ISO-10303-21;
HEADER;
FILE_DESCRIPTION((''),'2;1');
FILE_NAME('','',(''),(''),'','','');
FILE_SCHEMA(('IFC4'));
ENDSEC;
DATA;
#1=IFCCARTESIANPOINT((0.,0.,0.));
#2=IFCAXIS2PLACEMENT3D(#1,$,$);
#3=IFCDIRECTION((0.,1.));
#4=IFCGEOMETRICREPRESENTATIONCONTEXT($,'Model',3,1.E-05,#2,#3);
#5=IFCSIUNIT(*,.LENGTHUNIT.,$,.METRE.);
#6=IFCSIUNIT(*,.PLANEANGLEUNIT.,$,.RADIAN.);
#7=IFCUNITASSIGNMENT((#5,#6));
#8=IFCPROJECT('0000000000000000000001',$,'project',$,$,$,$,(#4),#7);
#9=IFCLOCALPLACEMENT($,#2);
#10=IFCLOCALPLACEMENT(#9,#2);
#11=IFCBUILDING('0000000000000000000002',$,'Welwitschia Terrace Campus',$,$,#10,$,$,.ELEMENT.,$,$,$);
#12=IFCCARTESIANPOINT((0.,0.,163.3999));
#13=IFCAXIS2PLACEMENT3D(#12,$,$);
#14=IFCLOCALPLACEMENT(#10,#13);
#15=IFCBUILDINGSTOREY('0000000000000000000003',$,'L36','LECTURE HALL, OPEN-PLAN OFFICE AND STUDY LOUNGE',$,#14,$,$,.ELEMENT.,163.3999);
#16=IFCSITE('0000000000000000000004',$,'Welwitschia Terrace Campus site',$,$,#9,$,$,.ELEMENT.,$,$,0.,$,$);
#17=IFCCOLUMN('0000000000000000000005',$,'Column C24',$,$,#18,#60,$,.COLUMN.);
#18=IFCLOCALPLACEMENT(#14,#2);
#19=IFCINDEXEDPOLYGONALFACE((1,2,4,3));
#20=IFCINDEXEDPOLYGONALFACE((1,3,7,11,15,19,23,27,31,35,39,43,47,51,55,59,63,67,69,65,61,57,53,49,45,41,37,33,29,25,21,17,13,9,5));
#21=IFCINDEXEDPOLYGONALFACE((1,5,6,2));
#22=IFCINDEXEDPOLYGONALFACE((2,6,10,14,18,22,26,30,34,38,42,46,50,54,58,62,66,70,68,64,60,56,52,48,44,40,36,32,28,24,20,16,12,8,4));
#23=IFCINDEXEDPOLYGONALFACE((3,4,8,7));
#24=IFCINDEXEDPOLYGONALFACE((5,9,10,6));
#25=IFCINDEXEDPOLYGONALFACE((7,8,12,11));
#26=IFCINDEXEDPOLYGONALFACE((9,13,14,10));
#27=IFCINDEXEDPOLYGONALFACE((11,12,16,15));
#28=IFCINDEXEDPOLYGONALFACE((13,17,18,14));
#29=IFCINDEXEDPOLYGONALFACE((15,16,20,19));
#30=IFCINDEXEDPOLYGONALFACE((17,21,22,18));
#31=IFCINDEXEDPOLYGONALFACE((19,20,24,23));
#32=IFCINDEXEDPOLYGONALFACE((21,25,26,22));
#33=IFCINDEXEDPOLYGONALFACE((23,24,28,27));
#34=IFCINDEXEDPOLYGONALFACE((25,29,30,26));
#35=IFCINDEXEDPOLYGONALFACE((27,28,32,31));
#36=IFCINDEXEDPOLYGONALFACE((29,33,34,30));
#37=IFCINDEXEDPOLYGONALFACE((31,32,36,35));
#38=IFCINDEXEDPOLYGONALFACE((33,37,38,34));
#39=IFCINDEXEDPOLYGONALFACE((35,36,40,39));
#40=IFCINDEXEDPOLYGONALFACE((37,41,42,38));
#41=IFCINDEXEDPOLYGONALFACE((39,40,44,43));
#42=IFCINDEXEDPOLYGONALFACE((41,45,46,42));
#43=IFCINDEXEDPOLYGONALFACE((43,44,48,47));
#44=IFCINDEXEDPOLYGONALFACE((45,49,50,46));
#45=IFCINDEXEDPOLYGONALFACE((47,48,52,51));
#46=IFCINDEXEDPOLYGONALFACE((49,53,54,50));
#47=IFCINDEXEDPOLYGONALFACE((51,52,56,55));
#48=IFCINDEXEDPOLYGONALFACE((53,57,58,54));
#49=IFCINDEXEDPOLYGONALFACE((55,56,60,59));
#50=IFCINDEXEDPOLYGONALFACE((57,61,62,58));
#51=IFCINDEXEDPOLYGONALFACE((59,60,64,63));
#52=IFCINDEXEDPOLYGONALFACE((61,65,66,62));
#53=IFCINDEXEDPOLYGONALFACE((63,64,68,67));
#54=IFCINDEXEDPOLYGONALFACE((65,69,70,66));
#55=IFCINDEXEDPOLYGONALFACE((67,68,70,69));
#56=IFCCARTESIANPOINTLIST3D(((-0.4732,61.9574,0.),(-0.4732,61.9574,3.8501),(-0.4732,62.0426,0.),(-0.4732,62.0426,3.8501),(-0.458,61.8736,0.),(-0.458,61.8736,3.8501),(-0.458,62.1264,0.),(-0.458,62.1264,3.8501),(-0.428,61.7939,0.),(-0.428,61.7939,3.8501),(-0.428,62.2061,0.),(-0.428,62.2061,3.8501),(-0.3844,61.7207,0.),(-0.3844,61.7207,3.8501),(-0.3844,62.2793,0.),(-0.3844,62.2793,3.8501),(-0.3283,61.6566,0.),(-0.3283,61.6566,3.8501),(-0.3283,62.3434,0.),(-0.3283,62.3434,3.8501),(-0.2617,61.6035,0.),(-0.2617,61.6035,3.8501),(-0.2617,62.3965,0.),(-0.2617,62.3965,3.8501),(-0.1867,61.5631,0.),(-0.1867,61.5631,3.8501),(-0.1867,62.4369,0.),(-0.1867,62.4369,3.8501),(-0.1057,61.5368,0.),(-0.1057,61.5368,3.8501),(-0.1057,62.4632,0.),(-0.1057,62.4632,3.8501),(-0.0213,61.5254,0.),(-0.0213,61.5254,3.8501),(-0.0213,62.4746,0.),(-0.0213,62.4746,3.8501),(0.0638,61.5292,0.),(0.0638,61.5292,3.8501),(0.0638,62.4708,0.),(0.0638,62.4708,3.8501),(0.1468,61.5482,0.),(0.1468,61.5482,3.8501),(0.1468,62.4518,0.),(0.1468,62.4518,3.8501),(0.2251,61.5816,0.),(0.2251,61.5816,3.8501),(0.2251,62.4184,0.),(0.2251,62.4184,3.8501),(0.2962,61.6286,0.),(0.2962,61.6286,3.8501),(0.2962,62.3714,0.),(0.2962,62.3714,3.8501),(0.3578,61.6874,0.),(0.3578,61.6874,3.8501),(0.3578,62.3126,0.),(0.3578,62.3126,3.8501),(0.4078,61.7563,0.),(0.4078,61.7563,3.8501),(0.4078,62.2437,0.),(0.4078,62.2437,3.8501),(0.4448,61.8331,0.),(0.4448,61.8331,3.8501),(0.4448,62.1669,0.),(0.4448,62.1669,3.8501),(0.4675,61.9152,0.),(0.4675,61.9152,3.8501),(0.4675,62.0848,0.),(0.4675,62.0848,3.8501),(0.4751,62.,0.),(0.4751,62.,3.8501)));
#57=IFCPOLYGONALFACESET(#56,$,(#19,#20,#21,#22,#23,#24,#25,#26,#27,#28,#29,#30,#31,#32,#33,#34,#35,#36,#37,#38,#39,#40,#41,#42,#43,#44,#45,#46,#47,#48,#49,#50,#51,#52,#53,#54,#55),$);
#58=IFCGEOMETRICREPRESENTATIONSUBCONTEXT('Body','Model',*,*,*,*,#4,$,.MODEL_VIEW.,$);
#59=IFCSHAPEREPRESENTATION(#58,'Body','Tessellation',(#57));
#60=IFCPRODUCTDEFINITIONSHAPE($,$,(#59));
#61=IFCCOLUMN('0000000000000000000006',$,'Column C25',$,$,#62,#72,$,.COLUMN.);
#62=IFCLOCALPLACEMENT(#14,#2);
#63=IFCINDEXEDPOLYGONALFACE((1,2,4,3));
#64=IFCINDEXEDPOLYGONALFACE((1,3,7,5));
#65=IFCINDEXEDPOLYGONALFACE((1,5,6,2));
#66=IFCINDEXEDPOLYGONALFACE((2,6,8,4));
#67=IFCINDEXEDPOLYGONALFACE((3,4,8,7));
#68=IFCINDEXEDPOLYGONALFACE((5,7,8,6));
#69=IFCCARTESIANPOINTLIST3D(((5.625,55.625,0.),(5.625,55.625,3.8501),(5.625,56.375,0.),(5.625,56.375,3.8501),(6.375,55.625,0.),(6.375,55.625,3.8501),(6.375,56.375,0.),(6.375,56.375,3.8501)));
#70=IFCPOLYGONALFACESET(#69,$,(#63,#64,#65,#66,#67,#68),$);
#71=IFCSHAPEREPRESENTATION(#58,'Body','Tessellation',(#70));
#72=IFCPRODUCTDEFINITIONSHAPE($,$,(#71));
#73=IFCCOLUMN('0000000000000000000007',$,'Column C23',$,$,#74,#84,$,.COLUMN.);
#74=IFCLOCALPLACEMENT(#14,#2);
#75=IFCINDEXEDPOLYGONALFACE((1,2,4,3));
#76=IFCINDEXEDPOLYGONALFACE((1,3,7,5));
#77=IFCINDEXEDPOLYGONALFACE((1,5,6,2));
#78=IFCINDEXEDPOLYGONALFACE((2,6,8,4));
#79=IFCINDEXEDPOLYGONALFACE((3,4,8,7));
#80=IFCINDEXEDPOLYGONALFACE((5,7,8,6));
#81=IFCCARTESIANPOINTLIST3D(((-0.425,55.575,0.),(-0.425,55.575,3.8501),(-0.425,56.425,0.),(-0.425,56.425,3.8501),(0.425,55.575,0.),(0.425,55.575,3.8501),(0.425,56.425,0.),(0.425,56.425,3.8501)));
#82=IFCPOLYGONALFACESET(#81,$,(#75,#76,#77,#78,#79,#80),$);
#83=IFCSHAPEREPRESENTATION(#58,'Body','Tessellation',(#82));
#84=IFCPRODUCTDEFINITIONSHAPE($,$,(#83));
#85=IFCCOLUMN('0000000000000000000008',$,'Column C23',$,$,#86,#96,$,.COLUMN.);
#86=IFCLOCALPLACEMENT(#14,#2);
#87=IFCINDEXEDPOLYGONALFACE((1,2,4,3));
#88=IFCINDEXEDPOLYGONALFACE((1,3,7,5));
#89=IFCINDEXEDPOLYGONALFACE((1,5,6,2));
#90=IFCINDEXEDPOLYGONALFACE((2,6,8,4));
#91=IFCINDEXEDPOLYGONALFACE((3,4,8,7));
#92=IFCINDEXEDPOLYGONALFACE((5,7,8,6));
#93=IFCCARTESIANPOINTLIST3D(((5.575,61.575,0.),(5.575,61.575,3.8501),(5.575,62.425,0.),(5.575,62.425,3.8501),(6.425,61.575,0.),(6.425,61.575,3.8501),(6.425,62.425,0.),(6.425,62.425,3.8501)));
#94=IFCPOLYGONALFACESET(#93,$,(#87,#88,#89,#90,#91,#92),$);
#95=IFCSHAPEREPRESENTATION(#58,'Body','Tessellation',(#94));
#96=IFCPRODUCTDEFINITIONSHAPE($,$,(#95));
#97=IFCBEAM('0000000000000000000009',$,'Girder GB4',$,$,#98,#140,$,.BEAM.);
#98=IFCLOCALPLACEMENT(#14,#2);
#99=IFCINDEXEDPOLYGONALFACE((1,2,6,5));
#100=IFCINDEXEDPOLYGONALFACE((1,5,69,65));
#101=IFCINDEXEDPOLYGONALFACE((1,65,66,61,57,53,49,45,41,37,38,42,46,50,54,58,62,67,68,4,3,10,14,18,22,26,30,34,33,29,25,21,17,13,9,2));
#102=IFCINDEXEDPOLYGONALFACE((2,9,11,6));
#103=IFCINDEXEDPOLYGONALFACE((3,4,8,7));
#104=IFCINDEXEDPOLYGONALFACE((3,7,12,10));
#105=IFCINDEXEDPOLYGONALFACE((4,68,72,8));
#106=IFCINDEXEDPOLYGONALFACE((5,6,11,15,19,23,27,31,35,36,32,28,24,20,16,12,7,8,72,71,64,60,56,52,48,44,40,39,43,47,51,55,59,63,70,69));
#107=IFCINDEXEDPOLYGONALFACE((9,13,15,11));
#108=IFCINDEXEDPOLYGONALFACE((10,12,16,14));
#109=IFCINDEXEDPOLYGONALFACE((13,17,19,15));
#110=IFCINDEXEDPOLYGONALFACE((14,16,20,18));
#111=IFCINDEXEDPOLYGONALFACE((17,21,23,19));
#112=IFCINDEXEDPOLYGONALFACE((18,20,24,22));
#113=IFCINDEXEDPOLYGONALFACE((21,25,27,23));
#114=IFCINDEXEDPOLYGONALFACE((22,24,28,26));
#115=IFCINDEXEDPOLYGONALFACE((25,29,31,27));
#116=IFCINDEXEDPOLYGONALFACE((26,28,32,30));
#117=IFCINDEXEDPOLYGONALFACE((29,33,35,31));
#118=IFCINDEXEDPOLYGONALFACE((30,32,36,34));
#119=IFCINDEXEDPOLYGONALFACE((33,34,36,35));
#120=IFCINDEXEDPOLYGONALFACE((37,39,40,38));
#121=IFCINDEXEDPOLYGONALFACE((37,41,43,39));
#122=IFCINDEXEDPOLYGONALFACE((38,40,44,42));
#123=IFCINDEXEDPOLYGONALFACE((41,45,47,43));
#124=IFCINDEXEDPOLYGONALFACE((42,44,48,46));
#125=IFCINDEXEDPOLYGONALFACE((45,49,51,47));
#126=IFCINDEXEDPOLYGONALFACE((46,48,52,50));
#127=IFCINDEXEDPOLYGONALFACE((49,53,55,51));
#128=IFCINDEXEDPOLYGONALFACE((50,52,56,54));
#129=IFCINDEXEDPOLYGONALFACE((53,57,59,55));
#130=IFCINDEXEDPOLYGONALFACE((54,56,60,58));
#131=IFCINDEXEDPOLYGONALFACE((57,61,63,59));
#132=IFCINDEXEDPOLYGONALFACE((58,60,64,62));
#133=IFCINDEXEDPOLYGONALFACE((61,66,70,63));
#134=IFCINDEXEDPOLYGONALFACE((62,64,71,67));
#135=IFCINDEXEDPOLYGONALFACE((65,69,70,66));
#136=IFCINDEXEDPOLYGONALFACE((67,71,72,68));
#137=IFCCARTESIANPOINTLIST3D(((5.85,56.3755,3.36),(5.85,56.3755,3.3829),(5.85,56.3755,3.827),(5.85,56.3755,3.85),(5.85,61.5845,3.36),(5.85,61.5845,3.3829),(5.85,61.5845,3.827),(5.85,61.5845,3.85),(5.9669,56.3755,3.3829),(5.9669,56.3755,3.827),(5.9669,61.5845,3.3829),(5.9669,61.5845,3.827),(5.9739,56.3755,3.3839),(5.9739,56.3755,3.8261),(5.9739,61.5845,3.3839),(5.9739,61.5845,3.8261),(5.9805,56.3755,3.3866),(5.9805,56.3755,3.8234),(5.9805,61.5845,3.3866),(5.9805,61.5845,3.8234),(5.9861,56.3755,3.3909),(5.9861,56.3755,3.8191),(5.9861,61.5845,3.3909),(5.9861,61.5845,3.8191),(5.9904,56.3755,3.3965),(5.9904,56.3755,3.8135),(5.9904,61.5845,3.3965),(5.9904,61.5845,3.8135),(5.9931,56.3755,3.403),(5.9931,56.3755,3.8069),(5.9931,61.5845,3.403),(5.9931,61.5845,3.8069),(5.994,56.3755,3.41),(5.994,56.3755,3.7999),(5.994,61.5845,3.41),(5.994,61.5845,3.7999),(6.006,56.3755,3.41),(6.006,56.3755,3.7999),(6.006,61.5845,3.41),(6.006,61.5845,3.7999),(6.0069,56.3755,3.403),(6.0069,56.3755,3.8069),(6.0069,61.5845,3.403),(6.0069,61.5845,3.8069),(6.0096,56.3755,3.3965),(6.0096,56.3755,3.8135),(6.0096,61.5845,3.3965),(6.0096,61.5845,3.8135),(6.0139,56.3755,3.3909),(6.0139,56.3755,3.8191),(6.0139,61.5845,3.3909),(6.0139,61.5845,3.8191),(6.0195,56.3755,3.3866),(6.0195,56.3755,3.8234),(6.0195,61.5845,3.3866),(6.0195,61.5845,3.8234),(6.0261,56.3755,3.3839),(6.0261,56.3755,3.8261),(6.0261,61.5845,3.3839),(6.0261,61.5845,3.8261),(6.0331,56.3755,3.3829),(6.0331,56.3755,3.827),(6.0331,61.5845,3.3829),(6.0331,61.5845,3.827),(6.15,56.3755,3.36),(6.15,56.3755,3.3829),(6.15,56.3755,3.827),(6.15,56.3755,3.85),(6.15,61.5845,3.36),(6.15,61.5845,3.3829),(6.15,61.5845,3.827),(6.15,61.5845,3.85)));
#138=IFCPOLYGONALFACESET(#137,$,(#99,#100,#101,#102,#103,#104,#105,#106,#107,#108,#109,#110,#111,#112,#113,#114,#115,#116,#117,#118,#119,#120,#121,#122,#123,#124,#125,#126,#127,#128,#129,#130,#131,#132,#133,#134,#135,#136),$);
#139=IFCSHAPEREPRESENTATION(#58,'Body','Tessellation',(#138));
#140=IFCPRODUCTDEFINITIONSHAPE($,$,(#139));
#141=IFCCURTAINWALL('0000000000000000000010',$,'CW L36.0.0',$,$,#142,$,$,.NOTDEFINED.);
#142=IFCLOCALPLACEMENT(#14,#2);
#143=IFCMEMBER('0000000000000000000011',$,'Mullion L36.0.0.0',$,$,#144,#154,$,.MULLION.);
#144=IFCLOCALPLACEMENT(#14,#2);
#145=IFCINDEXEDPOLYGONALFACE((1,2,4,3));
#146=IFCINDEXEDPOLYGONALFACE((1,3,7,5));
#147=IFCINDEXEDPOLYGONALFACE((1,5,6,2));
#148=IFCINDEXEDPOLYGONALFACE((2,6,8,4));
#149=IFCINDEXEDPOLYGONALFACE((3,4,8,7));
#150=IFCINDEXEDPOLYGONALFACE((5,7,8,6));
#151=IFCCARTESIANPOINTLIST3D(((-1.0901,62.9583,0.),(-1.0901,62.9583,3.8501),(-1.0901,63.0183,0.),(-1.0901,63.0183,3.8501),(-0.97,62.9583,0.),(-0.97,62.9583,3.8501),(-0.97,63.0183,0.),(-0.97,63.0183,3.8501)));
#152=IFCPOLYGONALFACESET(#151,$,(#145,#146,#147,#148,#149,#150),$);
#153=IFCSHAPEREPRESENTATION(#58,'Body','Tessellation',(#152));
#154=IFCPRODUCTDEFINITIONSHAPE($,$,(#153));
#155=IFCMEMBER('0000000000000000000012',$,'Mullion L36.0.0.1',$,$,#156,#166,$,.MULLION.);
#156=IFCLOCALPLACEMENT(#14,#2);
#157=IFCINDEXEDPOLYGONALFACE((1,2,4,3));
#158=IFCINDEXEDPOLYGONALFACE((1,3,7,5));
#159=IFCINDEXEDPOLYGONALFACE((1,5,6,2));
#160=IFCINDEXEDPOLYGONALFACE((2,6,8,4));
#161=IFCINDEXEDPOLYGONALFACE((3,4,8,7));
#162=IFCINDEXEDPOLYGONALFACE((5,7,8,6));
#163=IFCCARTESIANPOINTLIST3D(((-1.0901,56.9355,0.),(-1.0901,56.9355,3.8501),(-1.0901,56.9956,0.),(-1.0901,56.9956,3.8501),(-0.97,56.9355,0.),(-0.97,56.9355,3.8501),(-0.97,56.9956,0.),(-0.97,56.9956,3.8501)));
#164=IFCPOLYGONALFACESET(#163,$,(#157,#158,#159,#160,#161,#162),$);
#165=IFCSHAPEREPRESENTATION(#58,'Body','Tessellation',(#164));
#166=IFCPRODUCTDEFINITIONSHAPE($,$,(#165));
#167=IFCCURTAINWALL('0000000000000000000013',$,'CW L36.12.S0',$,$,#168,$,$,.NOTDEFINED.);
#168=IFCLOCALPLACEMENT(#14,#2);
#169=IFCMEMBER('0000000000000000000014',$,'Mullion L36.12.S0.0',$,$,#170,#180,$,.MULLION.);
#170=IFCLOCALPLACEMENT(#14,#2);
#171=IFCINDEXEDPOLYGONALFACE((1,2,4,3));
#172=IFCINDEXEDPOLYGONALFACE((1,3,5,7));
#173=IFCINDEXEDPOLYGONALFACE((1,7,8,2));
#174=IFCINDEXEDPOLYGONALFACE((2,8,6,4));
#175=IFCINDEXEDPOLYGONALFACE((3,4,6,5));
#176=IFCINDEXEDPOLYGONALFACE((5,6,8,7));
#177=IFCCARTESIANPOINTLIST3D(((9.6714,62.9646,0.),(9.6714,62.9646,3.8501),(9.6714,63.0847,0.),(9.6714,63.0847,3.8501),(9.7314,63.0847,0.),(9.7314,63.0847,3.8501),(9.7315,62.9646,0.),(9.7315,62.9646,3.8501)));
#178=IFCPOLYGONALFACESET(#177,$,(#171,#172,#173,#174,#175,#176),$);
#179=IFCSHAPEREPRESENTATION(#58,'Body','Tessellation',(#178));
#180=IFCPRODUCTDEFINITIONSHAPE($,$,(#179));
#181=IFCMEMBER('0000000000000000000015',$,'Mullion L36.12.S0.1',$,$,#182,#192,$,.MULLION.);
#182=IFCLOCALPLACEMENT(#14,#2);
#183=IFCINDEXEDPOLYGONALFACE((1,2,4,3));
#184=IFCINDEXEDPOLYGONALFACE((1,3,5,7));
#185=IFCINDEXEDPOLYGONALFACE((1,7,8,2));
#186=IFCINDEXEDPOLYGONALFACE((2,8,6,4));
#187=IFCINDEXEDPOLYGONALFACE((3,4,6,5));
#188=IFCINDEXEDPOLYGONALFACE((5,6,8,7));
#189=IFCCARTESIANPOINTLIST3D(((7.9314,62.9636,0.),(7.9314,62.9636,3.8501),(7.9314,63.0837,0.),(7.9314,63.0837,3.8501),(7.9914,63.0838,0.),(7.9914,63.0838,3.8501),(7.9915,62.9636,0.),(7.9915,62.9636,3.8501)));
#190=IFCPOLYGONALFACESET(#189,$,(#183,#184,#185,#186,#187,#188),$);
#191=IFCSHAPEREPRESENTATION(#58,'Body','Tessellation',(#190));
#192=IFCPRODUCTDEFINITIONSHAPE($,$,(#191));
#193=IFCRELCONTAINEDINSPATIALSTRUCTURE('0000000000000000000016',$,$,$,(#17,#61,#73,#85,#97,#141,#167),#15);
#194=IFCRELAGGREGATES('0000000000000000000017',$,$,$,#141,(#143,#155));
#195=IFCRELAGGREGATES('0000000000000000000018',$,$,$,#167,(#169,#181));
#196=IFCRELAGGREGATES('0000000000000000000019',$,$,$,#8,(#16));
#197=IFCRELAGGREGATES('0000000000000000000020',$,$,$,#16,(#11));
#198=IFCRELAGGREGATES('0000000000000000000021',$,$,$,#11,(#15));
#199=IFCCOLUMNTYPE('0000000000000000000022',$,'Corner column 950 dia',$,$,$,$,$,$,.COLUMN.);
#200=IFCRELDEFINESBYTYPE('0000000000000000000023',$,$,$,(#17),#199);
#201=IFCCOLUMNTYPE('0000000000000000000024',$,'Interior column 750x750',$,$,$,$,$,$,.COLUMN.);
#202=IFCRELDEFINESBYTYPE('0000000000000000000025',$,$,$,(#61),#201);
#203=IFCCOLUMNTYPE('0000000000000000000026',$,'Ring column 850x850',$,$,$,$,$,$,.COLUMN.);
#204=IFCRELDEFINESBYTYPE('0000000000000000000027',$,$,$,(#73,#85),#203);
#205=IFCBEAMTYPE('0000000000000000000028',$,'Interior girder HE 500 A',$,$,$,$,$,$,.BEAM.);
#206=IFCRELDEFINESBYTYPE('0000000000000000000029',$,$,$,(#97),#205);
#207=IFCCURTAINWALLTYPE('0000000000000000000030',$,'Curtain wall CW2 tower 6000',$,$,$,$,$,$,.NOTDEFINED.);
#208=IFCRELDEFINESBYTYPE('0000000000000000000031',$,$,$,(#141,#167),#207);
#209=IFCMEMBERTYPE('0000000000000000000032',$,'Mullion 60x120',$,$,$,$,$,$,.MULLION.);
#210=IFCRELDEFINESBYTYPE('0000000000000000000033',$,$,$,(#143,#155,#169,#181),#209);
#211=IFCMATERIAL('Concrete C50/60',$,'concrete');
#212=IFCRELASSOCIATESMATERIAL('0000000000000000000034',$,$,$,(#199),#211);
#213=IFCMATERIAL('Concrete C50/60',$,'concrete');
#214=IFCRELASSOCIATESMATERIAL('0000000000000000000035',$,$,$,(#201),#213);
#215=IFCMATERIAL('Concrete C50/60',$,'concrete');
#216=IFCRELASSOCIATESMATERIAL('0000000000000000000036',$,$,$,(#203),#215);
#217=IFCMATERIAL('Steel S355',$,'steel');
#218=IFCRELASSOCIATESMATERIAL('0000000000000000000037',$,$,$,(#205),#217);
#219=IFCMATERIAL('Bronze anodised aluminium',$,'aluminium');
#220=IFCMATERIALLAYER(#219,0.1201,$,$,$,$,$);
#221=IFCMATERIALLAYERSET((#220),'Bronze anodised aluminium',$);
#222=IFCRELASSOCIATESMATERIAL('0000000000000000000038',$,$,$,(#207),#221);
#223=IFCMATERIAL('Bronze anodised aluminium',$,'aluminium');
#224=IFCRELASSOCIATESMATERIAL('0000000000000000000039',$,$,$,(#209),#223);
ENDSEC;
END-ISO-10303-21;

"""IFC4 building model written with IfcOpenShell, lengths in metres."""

from ifc_helpers import new_model, si_unit, direction, frame, origin, origin_2d, place, context, subcontext, project, spatial, rectangle, circle, i_section, extrude, material, layer, layer_set, material_profile, profile_set, type_object, element, aggregate, save


model = new_model("IFC4")

# Units and contexts
model_context = context("Model", 3, precision=1e-05, world=origin(), true_north=direction((0.0, 1.0)))
body_context = subcontext(model_context, "Body", "Model", "MODEL_VIEW")
ifc_project = project(units=[si_unit("LENGTHUNIT", "METRE"), si_unit("PLANEANGLEUNIT", "RADIAN")], contexts=[model_context])

# Site, building, storey
site_placement = place(None, origin())
site = spatial("IfcSite", under=ifc_project, at=site_placement, Name="Welwitschia Terrace Campus site", CompositionType="ELEMENT", RefElevation=0.0)
building_placement = place(site_placement, origin())
building = spatial("IfcBuilding", under=site, at=building_placement, Name="Welwitschia Terrace Campus", CompositionType="ELEMENT")
storey_placement = place(building_placement, frame((0.0, 0.0, 163.3999)))
storey = spatial("IfcBuildingStorey", under=building, at=storey_placement, Name="L36", Description="LECTURE HALL, OPEN-PLAN OFFICE AND STUDY LOUNGE", CompositionType="ELEMENT", Elevation=163.3999)

# Columns
ifc_material_1 = material(Name="Concrete C50/60", Category="concrete")
ifc_material_profile_1 = material_profile(ifc_material_1, circle(Radius=0.4751, at=origin_2d()))
ifc_profile_set_1 = profile_set([ifc_material_profile_1], Name="Concrete C50/60")
column_type_1 = type_object("IfcColumnType", Name="Corner column 950 dia", PredefinedType="COLUMN", material=ifc_profile_set_1)
column_1_placement = place(storey_placement, frame((0.0, 62.0, 0.0), z_axis=(0.0, 0.0, 1.0), x_axis=(1.0, 0.0, 0.0)))
element("IfcColumn", 1, at=column_1_placement, inside=storey, type_object=column_type_1, Name="Column C24", PredefinedType="COLUMN", context=body_context, shape_type="SweptSolid", body=[
    extrude(circle(Radius=0.4751, at=origin_2d()), origin(), (0.0, 0.0, 1.0), 3.8501),
])
ifc_material_2 = material(Name="Concrete C50/60", Category="concrete")
ifc_material_profile_2 = material_profile(ifc_material_2, rectangle(XDim=0.75, YDim=0.75, at=origin_2d()))
ifc_profile_set_2 = profile_set([ifc_material_profile_2], Name="Concrete C50/60")
column_type_2 = type_object("IfcColumnType", Name="Interior column 750x750", PredefinedType="COLUMN", material=ifc_profile_set_2)
column_2_placement = place(storey_placement, frame((6.0, 56.0, 0.0), z_axis=(0.0, 0.0, 1.0), x_axis=(1.0, 0.0, 0.0)))
element("IfcColumn", 2, at=column_2_placement, inside=storey, type_object=column_type_2, Name="Column C25", PredefinedType="COLUMN", context=body_context, shape_type="SweptSolid", body=[
    extrude(rectangle(XDim=0.75, YDim=0.75, at=origin_2d()), origin(), (0.0, 0.0, 1.0), 3.8501),
])
ifc_material_3 = material(Name="Concrete C50/60", Category="concrete")
ifc_material_profile_3 = material_profile(ifc_material_3, rectangle(XDim=0.8501, YDim=0.8501, at=origin_2d()))
ifc_profile_set_3 = profile_set([ifc_material_profile_3], Name="Concrete C50/60")
column_type_3 = type_object("IfcColumnType", Name="Ring column 850x850", PredefinedType="COLUMN", material=ifc_profile_set_3)
for number, where, z_axis, x_axis, name in (
    (3, (0.0, 56.0, 0.0), (0.0, 0.0, 1.0), (1.0, 0.0, 0.0), "Column C23"),
    (4, (6.0, 62.0, 0.0), (0.0, 0.0, 1.0), (1.0, 0.0, 0.0), "Column C23"),
):
    element("IfcColumn", number, at=place(storey_placement, frame(where, z_axis=z_axis, x_axis=x_axis)), inside=storey, type_object=column_type_3, Name=name, PredefinedType="COLUMN", context=body_context, shape_type="SweptSolid", body=[
        extrude(rectangle(XDim=0.8501, YDim=0.8501, at=origin_2d()), origin(), (0.0, 0.0, 1.0), 3.8501),
    ])

# Beam
ifc_material_4 = material(Name="Steel S355", Category="steel")
ifc_material_profile_4 = material_profile(ifc_material_4, i_section(OverallWidth=0.3, OverallDepth=0.49, WebThickness=0.012, FlangeThickness=0.0229, FilletRadius=0.0271, at=origin_2d()))
ifc_profile_set_4 = profile_set([ifc_material_profile_4], Name="Steel S355")
beam_type_1 = type_object("IfcBeamType", Name="Interior girder HE 500 A", PredefinedType="BEAM", material=ifc_profile_set_4)
beam_1_placement = place(storey_placement, frame((6.0, 56.3755, 3.605), z_axis=(0.0, 1.0, 0.0), x_axis=(-1.0, 0.0, 0.0)))
element("IfcBeam", 5, at=beam_1_placement, inside=storey, type_object=beam_type_1, Name="Girder GB4", PredefinedType="BEAM", context=body_context, shape_type="SweptSolid", body=[
    extrude(i_section(OverallWidth=0.3, OverallDepth=0.49, WebThickness=0.012, FlangeThickness=0.0229, FilletRadius=0.0271, at=origin_2d()), origin(), (0.0, 0.0, 1.0), 5.209),
])

# Curtain walls, members
ifc_material_5 = material(Name="Bronze anodised aluminium", Category="aluminium")
ifc_layer_1 = layer(ifc_material_5, 0.1201)
ifc_layer_set_1 = layer_set([ifc_layer_1], Name="Bronze anodised aluminium")
curtain_wall_type = type_object("IfcCurtainWallType", Name="Curtain wall CW2 tower 6000", PredefinedType="NOTDEFINED", material=ifc_layer_set_1)
curtain_wall_1_placement = place(storey_placement, origin())
curtain_wall_1 = element("IfcCurtainWall", 6, at=curtain_wall_1_placement, inside=storey, type_object=curtain_wall_type, Name="CW L36.0.0", PredefinedType="NOTDEFINED")
ifc_material_6 = material(Name="Bronze anodised aluminium", Category="aluminium")
ifc_material_profile_5 = material_profile(ifc_material_6, rectangle(XDim=0.1201, YDim=0.0601, at=origin_2d()))
ifc_profile_set_5 = profile_set([ifc_material_profile_5], Name="Bronze anodised aluminium")
member_type_1 = type_object("IfcMemberType", Name="Mullion 60x120", PredefinedType="MULLION", material=ifc_profile_set_5)
member_1_placement = place(storey_placement, frame((-1.03, 62.9883, 0.0), z_axis=(0.0, 0.0, 1.0), x_axis=(1.0, 0.0, 0.0)))
member_1 = element("IfcMember", 7, at=member_1_placement, type_object=member_type_1, Name="Mullion L36.0.0.0", PredefinedType="MULLION", context=body_context, shape_type="SweptSolid", body=[
    extrude(rectangle(XDim=0.1201, YDim=0.0601, at=origin_2d()), origin(), (0.0, 0.0, 1.0), 3.8501),
])
member_2_placement = place(storey_placement, frame((-1.03, 56.9656, 0.0), z_axis=(0.0, 0.0, 1.0), x_axis=(1.0, 0.0, 0.0)))
member_2 = element("IfcMember", 8, at=member_2_placement, type_object=member_type_1, Name="Mullion L36.0.0.1", PredefinedType="MULLION", context=body_context, shape_type="SweptSolid", body=[
    extrude(rectangle(XDim=0.1201, YDim=0.0601, at=origin_2d()), origin(), (0.0, 0.0, 1.0), 3.8501),
])
curtain_wall_2_placement = place(storey_placement, origin())
curtain_wall_2 = element("IfcCurtainWall", 9, at=curtain_wall_2_placement, inside=storey, type_object=curtain_wall_type, Name="CW L36.12.S0", PredefinedType="NOTDEFINED")
member_3_placement = place(storey_placement, frame((9.7014, 63.0247, 0.0), z_axis=(0.0, 0.0, 1.0), x_axis=(0.000589, -1.0, 0.0)))
member_3 = element("IfcMember", 10, at=member_3_placement, type_object=member_type_1, Name="Mullion L36.12.S0.0", PredefinedType="MULLION", context=body_context, shape_type="SweptSolid", body=[
    extrude(rectangle(XDim=0.1201, YDim=0.0601, at=origin_2d()), origin(), (0.0, 0.0, 1.0), 3.8501),
])
member_4_placement = place(storey_placement, frame((7.9614, 63.0237, 0.0), z_axis=(0.0, 0.0, 1.0), x_axis=(0.000589, -1.0, 0.0)))
member_4 = element("IfcMember", 11, at=member_4_placement, type_object=member_type_1, Name="Mullion L36.12.S0.1", PredefinedType="MULLION", context=body_context, shape_type="SweptSolid", body=[
    extrude(rectangle(XDim=0.1201, YDim=0.0601, at=origin_2d()), origin(), (0.0, 0.0, 1.0), 3.8501),
])

aggregate(curtain_wall_1, [member_1, member_2])
aggregate(curtain_wall_2, [member_3, member_4])

save(model, "model.ifc")
